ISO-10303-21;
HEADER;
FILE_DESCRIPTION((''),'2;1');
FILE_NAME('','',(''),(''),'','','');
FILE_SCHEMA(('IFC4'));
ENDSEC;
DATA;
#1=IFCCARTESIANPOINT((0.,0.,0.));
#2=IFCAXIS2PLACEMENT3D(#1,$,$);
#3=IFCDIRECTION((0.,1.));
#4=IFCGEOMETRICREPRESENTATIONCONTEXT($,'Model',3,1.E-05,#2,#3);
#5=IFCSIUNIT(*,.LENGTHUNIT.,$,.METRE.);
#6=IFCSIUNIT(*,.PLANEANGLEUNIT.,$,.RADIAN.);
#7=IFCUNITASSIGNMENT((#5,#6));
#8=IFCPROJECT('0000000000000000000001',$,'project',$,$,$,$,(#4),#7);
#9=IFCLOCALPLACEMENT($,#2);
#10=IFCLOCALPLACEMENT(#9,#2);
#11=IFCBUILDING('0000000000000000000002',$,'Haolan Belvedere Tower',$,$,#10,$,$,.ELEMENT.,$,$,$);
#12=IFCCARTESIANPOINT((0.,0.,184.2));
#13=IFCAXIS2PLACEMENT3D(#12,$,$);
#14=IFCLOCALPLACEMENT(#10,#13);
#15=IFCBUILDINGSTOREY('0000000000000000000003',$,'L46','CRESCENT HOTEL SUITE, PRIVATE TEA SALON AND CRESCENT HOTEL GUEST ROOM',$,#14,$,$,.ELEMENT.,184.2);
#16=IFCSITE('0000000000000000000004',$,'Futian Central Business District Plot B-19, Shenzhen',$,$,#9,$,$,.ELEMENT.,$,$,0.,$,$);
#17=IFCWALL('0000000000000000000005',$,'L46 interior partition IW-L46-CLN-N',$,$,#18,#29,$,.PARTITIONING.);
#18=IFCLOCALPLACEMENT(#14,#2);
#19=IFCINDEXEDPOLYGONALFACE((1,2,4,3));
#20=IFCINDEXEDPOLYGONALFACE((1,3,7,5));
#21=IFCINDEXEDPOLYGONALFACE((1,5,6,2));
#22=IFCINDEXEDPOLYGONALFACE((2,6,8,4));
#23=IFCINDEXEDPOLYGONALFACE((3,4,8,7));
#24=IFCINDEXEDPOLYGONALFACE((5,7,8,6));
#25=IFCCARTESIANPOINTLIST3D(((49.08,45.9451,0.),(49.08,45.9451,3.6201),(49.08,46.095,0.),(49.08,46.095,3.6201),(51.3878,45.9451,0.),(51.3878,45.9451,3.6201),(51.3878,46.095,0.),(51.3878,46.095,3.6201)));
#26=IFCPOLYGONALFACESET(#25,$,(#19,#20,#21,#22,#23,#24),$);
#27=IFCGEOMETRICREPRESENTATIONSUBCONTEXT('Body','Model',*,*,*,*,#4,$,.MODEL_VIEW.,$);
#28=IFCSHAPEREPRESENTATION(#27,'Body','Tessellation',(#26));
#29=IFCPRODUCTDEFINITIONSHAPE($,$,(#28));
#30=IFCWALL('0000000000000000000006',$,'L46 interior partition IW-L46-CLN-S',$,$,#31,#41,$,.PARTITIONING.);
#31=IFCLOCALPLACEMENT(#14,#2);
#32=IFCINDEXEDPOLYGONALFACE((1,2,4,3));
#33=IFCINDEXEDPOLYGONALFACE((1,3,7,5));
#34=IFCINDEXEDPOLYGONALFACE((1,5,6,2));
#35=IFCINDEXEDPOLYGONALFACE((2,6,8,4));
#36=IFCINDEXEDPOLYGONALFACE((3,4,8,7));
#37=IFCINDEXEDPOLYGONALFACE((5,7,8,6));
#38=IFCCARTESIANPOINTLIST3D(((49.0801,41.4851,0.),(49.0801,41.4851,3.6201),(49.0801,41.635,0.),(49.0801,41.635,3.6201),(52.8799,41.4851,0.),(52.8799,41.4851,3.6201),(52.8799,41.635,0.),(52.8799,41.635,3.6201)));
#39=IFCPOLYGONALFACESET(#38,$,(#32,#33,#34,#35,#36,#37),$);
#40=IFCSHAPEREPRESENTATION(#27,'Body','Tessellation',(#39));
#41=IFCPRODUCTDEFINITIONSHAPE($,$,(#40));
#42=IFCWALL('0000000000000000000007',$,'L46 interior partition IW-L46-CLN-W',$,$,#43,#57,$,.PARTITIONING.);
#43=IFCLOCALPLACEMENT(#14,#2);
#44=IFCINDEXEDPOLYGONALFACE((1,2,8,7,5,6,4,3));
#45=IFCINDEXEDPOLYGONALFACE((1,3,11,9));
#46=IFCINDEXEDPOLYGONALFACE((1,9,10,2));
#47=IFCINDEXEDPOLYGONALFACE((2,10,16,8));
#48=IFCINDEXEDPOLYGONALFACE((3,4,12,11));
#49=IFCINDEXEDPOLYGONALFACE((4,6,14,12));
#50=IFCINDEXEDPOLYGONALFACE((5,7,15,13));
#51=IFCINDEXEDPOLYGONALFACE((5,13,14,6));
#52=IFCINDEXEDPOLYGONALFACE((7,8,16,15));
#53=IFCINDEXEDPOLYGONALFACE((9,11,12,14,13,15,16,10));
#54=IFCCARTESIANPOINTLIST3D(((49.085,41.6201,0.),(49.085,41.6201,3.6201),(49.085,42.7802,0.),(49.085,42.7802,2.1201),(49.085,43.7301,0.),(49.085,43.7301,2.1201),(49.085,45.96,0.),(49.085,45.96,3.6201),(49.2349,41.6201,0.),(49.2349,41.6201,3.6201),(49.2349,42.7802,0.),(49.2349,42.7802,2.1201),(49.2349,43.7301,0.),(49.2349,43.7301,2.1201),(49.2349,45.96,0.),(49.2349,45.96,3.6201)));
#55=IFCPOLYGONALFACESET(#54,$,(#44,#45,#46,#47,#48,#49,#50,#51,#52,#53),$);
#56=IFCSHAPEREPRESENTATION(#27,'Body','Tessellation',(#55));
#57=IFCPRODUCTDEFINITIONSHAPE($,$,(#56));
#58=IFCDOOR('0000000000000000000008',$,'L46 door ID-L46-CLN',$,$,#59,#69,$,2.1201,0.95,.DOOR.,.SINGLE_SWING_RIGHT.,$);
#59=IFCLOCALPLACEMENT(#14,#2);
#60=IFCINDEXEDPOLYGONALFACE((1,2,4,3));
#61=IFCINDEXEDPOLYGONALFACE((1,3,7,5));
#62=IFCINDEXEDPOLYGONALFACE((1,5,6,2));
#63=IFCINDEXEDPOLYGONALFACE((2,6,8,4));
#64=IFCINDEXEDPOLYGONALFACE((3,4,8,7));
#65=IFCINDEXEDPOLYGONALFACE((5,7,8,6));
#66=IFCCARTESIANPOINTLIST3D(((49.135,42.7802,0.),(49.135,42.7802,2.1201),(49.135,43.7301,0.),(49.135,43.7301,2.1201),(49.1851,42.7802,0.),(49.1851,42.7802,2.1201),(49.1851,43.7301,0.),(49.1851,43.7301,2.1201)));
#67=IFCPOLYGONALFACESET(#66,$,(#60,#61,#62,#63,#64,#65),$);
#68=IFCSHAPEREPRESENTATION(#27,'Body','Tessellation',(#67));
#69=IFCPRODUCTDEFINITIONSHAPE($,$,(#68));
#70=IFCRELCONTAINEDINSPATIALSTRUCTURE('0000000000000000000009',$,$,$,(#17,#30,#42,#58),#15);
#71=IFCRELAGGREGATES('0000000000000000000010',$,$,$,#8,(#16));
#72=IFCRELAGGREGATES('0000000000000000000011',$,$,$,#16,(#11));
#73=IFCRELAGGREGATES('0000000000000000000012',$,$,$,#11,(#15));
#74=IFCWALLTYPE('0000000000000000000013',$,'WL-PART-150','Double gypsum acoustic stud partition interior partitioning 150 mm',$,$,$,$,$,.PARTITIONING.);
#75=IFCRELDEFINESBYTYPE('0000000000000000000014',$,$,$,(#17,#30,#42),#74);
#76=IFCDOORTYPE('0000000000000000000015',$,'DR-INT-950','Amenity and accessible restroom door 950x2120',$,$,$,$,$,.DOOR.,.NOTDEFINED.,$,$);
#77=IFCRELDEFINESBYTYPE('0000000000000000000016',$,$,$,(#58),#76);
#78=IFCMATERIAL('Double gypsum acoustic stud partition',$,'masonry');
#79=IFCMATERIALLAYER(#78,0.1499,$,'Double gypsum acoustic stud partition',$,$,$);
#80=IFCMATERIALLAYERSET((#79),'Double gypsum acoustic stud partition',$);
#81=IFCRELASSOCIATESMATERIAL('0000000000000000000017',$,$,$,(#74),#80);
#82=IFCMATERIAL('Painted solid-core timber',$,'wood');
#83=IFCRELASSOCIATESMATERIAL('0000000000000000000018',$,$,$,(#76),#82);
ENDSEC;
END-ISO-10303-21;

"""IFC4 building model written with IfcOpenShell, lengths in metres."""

from ifc_helpers import new_model, si_unit, direction, frame, frame_2d, origin, place, context, subcontext, project, spatial, rectangle, extrude, material, layer, layer_set, type_object, element, fill, save


model = new_model("IFC4")

# Units and contexts
model_context = context("Model", 3, precision=1e-05, world=origin(), true_north=direction((0.0, 1.0)))
body_context = subcontext(model_context, "Body", "Model", "MODEL_VIEW")
ifc_project = project(units=[si_unit("LENGTHUNIT", "METRE"), si_unit("PLANEANGLEUNIT", "RADIAN")], contexts=[model_context])

# Site, building, storey
site_placement = place(None, origin())
site = spatial("IfcSite", under=ifc_project, at=site_placement, Name="Futian Central Business District Plot B-19, Shenzhen", CompositionType="ELEMENT", RefElevation=0.0)
building_placement = place(site_placement, origin())
building = spatial("IfcBuilding", under=site, at=building_placement, Name="Haolan Belvedere Tower", CompositionType="ELEMENT")
storey_placement = place(building_placement, frame((0.0, 0.0, 184.2)))
storey = spatial("IfcBuildingStorey", under=building, at=storey_placement, Name="L46", Description="CRESCENT HOTEL SUITE, PRIVATE TEA SALON AND CRESCENT HOTEL GUEST ROOM", CompositionType="ELEMENT", Elevation=184.2)

# Shared definitions
ifc_material_1 = material(Name="Double gypsum acoustic stud partition", Category="masonry")
ifc_layer_1 = layer(ifc_material_1, 0.1499, Name="Double gypsum acoustic stud partition")
ifc_layer_set_1 = layer_set([ifc_layer_1], Name="Double gypsum acoustic stud partition")
wall_type_1 = type_object("IfcWallType", Name="WL-PART-150", Description="Double gypsum acoustic stud partition interior partitioning 150 mm", PredefinedType="PARTITIONING", material=ifc_layer_set_1)

# Shared definitions
ifc_material_2 = material(Name="Painted solid-core timber", Category="wood")
door_type = type_object("IfcDoorType", Name="DR-INT-950", Description="Amenity and accessible restroom door 950x2120", OperationType="NOTDEFINED", PredefinedType="DOOR", material=ifc_material_2)

# Walls
wall_1_placement = place(storey_placement, frame((49.0801, 46.02, 0.0), z_axis=(0.0, 0.0, 1.0), x_axis=(1.0, 0.0, 0.0)))
element("IfcWall", 1, at=wall_1_placement, inside=storey, type_object=wall_type_1, Name="L46 interior partition IW-L46-CLN-N", PredefinedType="PARTITIONING", context=body_context, shape_type="SweptSolid", body=[
    extrude(rectangle(XDim=2.3079, YDim=0.1499, at=frame_2d((1.1538, 0.0))), origin(), (0.0, 0.0, 1.0), 3.6201),
])
wall_2_placement = place(storey_placement, frame((49.0801, 41.5601, 0.0), z_axis=(0.0, 0.0, 1.0), x_axis=(1.0, 0.0, 0.0)))
element("IfcWall", 2, at=wall_2_placement, inside=storey, type_object=wall_type_1, Name="L46 interior partition IW-L46-CLN-S", PredefinedType="PARTITIONING", context=body_context, shape_type="SweptSolid", body=[
    extrude(rectangle(XDim=3.7998, YDim=0.1499, at=frame_2d((1.8999, 0.0))), origin(), (0.0, 0.0, 1.0), 3.6201),
])

# Wall, opening, door
wall_3_placement = place(storey_placement, frame((49.1599, 41.6201, 0.0), z_axis=(0.0, 0.0, 1.0), x_axis=(0.0, 1.0, 0.0)))
wall_3 = element("IfcWall", 3, at=wall_3_placement, inside=storey, type_object=wall_type_1, Name="L46 interior partition IW-L46-CLN-W", PredefinedType="PARTITIONING", context=body_context, shape_type="SweptSolid", body=[
    extrude(rectangle(XDim=4.3398, YDim=0.1499, at=frame_2d((2.1699, 0.0))), origin(), (0.0, 0.0, 1.0), 3.6201),
])
opening_1_placement = place(wall_3_placement, frame((1.1599, 0.0, 0.0)))
opening_1 = element("IfcOpeningElement", 4, at=opening_1_placement, cuts=wall_3, PredefinedType="OPENING", context=body_context, shape_type="SweptSolid", body=[
    extrude(rectangle(XDim=0.95, YDim=2.1201, at=frame_2d((0.4751, 1.0601))), frame((0.0, 0.085, 0.0), z_axis=(0.0, -1.0, 0.0), x_axis=(1.0, 0.0, 0.0)), (0.0, 0.0, 1.0), 0.1699),
])
door_1_placement = place(opening_1_placement, origin())
door_1 = element("IfcDoor", 5, at=door_1_placement, inside=storey, type_object=door_type, Name="L46 door ID-L46-CLN", OperationType="SINGLE_SWING_RIGHT", OverallHeight=2.1201, OverallWidth=0.95, PredefinedType="DOOR", context=body_context, shape_type="SweptSolid", body=[
    extrude(rectangle(XDim=0.95, YDim=2.1201, at=frame_2d((0.4751, 1.0601))), frame((0.0, 0.0249, 0.0), z_axis=(0.0, -1.0, 0.0), x_axis=(1.0, 0.0, 0.0)), (0.0, 0.0, 1.0), 0.05),
])
fill(opening_1, door_1)

save(model, "model.ifc")
